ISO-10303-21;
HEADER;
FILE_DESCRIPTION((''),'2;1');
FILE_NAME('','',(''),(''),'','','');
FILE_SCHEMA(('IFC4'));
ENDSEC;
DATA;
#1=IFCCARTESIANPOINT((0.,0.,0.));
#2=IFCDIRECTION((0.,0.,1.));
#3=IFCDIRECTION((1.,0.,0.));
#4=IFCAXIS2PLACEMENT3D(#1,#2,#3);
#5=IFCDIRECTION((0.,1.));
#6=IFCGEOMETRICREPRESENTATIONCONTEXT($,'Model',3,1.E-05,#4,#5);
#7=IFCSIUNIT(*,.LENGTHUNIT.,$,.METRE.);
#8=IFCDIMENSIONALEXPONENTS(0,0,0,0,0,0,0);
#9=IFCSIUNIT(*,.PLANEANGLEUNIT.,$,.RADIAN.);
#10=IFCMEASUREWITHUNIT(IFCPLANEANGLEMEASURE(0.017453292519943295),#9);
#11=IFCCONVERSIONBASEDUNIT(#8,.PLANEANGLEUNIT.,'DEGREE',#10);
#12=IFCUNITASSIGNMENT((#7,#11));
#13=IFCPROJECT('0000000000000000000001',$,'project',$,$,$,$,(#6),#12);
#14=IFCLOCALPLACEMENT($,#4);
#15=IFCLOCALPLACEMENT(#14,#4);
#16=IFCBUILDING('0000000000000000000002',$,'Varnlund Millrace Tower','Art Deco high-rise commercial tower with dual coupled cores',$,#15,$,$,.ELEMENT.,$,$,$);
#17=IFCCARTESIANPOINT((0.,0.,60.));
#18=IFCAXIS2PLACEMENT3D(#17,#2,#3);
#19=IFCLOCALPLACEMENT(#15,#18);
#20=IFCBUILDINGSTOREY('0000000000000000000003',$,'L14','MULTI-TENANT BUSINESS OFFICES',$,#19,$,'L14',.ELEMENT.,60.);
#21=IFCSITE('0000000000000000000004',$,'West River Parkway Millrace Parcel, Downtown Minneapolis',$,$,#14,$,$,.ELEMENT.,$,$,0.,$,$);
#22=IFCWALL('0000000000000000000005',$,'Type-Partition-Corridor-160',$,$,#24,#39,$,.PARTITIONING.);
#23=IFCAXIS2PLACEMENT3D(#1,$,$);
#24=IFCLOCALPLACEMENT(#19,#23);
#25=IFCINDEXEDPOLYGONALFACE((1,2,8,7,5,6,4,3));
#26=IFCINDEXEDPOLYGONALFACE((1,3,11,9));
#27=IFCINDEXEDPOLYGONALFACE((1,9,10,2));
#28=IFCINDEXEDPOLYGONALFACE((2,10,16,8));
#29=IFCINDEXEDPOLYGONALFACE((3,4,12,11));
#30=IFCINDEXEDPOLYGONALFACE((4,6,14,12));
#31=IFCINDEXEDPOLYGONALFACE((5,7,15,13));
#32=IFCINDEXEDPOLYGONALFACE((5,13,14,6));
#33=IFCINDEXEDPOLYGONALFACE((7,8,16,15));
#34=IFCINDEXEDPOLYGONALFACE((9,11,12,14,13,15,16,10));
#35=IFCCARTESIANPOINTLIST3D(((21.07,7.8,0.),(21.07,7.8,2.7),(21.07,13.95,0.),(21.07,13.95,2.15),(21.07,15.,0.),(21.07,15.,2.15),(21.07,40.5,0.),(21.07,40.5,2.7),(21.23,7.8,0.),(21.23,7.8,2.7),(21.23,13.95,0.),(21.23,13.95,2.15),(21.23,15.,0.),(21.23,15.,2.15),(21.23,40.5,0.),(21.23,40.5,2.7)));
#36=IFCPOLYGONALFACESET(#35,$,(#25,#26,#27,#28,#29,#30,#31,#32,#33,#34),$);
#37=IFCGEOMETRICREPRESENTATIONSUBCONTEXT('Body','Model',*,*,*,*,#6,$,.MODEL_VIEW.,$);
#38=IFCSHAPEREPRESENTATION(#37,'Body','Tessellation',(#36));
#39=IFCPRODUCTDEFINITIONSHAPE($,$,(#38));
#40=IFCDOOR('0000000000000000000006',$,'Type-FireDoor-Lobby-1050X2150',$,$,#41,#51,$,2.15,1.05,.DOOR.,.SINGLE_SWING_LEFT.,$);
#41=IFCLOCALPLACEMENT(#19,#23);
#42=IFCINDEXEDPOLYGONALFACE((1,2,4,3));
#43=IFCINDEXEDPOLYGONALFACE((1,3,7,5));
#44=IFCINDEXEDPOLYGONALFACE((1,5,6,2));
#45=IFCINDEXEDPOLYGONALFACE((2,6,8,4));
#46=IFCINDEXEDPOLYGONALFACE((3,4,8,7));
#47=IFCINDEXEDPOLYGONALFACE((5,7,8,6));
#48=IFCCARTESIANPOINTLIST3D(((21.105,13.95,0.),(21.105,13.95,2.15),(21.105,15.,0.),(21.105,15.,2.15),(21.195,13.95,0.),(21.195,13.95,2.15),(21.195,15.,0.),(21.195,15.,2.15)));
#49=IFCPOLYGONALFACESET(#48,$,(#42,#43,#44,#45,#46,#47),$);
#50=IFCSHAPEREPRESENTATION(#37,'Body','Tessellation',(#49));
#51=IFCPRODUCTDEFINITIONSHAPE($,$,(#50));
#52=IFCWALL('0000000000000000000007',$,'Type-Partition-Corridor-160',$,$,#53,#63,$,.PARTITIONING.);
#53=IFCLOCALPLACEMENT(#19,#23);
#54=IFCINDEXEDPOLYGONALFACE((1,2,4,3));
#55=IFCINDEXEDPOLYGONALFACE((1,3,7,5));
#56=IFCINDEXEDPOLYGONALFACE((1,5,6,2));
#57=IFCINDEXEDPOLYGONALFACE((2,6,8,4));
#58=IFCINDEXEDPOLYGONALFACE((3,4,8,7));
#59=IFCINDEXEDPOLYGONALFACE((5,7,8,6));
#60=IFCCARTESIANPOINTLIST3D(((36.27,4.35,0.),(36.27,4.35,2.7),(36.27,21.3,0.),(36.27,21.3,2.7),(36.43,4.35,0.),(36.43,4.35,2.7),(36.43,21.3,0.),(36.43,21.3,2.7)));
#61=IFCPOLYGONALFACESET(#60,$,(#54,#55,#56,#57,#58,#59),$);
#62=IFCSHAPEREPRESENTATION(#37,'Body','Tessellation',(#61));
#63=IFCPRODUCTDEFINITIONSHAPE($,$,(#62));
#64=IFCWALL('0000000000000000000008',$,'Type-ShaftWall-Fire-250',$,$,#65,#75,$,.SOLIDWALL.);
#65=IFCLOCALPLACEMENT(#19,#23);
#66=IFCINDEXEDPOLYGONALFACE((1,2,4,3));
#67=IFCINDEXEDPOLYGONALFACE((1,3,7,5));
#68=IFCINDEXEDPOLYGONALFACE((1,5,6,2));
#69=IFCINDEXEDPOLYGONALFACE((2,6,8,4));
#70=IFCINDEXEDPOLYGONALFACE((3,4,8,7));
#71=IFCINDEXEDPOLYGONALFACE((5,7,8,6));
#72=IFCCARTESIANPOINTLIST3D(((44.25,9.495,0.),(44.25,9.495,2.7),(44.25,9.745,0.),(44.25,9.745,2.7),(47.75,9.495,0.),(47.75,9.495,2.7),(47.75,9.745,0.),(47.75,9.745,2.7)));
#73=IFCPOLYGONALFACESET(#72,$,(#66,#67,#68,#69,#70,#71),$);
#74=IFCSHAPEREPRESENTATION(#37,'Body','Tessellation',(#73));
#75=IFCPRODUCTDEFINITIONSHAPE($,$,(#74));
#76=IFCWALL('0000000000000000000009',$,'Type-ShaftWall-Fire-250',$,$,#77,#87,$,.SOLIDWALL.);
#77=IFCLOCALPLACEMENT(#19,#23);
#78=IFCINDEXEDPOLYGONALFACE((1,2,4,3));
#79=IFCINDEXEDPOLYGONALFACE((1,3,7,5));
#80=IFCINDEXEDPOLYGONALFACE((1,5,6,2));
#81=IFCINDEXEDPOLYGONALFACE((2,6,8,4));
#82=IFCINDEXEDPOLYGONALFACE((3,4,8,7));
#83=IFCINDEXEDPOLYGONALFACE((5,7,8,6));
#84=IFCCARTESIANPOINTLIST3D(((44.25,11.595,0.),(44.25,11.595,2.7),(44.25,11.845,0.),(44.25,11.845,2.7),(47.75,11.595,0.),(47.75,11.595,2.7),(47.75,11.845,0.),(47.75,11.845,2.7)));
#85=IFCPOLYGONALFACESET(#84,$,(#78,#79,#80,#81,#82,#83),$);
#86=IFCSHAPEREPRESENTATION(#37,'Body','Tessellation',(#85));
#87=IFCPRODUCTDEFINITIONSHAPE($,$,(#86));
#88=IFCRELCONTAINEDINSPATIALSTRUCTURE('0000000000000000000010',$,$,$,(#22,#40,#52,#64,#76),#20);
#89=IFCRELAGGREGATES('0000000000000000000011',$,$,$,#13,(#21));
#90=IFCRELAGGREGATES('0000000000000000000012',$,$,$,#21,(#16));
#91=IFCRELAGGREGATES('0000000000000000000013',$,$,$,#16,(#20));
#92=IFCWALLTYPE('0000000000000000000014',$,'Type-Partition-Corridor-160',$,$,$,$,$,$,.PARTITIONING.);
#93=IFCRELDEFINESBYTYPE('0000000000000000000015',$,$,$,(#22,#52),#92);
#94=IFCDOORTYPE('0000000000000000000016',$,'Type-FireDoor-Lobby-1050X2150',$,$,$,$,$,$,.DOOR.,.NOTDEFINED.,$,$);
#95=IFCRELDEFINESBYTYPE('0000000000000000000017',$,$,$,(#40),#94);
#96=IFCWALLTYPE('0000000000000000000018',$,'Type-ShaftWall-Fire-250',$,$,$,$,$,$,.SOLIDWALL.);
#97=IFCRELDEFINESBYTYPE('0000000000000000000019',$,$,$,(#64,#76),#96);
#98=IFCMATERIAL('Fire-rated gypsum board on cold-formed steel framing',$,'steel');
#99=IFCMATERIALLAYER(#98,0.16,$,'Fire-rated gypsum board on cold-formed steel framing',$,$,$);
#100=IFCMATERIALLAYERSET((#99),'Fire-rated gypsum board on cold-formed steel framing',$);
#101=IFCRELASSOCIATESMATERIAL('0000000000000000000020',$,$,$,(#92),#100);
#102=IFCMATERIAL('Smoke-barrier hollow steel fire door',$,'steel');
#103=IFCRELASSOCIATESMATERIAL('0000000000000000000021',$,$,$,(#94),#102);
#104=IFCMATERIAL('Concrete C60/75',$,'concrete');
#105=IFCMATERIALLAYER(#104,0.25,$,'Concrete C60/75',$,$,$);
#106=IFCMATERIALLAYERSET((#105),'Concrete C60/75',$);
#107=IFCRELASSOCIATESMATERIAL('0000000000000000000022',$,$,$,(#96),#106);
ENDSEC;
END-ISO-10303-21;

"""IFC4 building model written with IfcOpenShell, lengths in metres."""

from ifc_helpers import new_model, entity, si_unit, converted_unit, direction, frame, origin_with_axes, origin_2d_with_axis, place, context, subcontext, project, spatial, polyline, rectangle, outline, extrude, material, layer, layer_set, type_object, element, fill, save


model = new_model("IFC4")

# Units and contexts
model_context = context("Model", 3, precision=1e-05, world=origin_with_axes(), true_north=direction((0.0, 1.0)))
body_context = subcontext(model_context, "Body", "Model", "MODEL_VIEW")
ifc_project = project(units=[si_unit("LENGTHUNIT", "METRE"), converted_unit("PLANEANGLEUNIT", "DEGREE", entity("IfcPlaneAngleMeasure", 0.017453292519943295), si_unit("PLANEANGLEUNIT", "RADIAN"), dimensions=[0, 0, 0, 0, 0, 0, 0])], contexts=[model_context])

# Site, building, storey
site_placement = place(None, origin_with_axes())
site = spatial("IfcSite", under=ifc_project, at=site_placement, Name="West River Parkway Millrace Parcel, Downtown Minneapolis", CompositionType="ELEMENT", RefElevation=0.0)
building_placement = place(site_placement, origin_with_axes())
building = spatial("IfcBuilding", under=site, at=building_placement, Name="Varnlund Millrace Tower", Description="Art Deco high-rise commercial tower with dual coupled cores", CompositionType="ELEMENT")
storey_placement = place(building_placement, frame((0.0, 0.0, 60.0), z_axis=(0.0, 0.0, 1.0), x_axis=(1.0, 0.0, 0.0)))
storey = spatial("IfcBuildingStorey", under=building, at=storey_placement, Name="L14", Description="MULTI-TENANT BUSINESS OFFICES", LongName="L14", CompositionType="ELEMENT", Elevation=60.0)

# Wall, opening, door
ifc_material_1 = material(Name="Fire-rated gypsum board on cold-formed steel framing", Category="steel")
ifc_layer_1 = layer(ifc_material_1, 0.16, Name="Fire-rated gypsum board on cold-formed steel framing")
ifc_layer_set_1 = layer_set([ifc_layer_1], Name="Fire-rated gypsum board on cold-formed steel framing")
wall_type_1 = type_object("IfcWallType", Name="Type-Partition-Corridor-160", PredefinedType="PARTITIONING", material=ifc_layer_set_1)
wall_1_placement = place(storey_placement, frame((21.15, 7.8, 0.0), z_axis=(0.0, 0.0, 1.0), x_axis=(0.0, 1.0, 0.0)))
wall_1 = element("IfcWall", 1, at=wall_1_placement, inside=storey, type_object=wall_type_1, Name="Type-Partition-Corridor-160", PredefinedType="PARTITIONING", context=body_context, shape_type="SweptSolid", body=[
    extrude(outline(polyline([(0.0, -0.08), (32.7, -0.08), (32.7, 0.08), (0.0, 0.08), (0.0, -0.08)])), origin_with_axes(), (0.0, 0.0, 1.0), 2.7),
])
opening_1_placement = place(wall_1_placement, frame((6.675, 0.0, 0.0), z_axis=(0.0, 0.0, 1.0), x_axis=(1.0, 0.0, 0.0)))
opening_1 = element("IfcOpeningElement", 2, at=opening_1_placement, cuts=wall_1, PredefinedType="OPENING", context=body_context, shape_type="SweptSolid", body=[
    extrude(rectangle(XDim=1.05, YDim=0.18, at=origin_2d_with_axis()), origin_with_axes(), (0.0, 0.0, 1.0), 2.15),
])
ifc_material_2 = material(Name="Smoke-barrier hollow steel fire door", Category="steel")
door_type_1 = type_object("IfcDoorType", Name="Type-FireDoor-Lobby-1050X2150", OperationType="NOTDEFINED", PredefinedType="DOOR", material=ifc_material_2)
door_1_placement = place(wall_1_placement, frame((6.675, 0.0, 0.0), z_axis=(0.0, 0.0, 1.0), x_axis=(1.0, 0.0, 0.0)))
door_1 = element("IfcDoor", 3, at=door_1_placement, inside=storey, type_object=door_type_1, Name="Type-FireDoor-Lobby-1050X2150", OperationType="SINGLE_SWING_LEFT", OverallHeight=2.15, OverallWidth=1.05, PredefinedType="DOOR", context=body_context, shape_type="SweptSolid", body=[
    extrude(rectangle(XDim=1.05, YDim=0.09, at=origin_2d_with_axis()), origin_with_axes(), (0.0, 0.0, 1.0), 2.15),
])
fill(opening_1, door_1)

# Walls
wall_2_placement = place(storey_placement, frame((36.35, 4.35, 0.0), z_axis=(0.0, 0.0, 1.0), x_axis=(0.0, 1.0, 0.0)))
element("IfcWall", 4, at=wall_2_placement, inside=storey, type_object=wall_type_1, Name="Type-Partition-Corridor-160", PredefinedType="PARTITIONING", context=body_context, shape_type="SweptSolid", body=[
    extrude(outline(polyline([(0.0, -0.08), (16.95, -0.08), (16.95, 0.08), (0.0, 0.08), (0.0, -0.08)])), origin_with_axes(), (0.0, 0.0, 1.0), 2.7),
])
ifc_material_3 = material(Name="Concrete C60/75", Category="concrete")
ifc_layer_2 = layer(ifc_material_3, 0.25, Name="Concrete C60/75")
ifc_layer_set_2 = layer_set([ifc_layer_2], Name="Concrete C60/75")
wall_type_2 = type_object("IfcWallType", Name="Type-ShaftWall-Fire-250", PredefinedType="SOLIDWALL", material=ifc_layer_set_2)
for number, where, z_axis, x_axis, name in (
    (5, (44.25, 9.62, 0.0), (0.0, 0.0, 1.0), (1.0, 0.0, 0.0), "Type-ShaftWall-Fire-250"),
    (6, (44.25, 11.72, 0.0), (0.0, 0.0, 1.0), (1.0, 0.0, 0.0), "Type-ShaftWall-Fire-250"),
):
    element("IfcWall", number, at=place(storey_placement, frame(where, z_axis=z_axis, x_axis=x_axis)), inside=storey, type_object=wall_type_2, Name=name, PredefinedType="SOLIDWALL", context=body_context, shape_type="SweptSolid", body=[
        extrude(outline(polyline([(0.0, -0.125), (3.5, -0.125), (3.5, 0.125), (0.0, 0.125), (0.0, -0.125)])), origin_with_axes(), (0.0, 0.0, 1.0), 2.7),
    ])

save(model, "model.ifc")
